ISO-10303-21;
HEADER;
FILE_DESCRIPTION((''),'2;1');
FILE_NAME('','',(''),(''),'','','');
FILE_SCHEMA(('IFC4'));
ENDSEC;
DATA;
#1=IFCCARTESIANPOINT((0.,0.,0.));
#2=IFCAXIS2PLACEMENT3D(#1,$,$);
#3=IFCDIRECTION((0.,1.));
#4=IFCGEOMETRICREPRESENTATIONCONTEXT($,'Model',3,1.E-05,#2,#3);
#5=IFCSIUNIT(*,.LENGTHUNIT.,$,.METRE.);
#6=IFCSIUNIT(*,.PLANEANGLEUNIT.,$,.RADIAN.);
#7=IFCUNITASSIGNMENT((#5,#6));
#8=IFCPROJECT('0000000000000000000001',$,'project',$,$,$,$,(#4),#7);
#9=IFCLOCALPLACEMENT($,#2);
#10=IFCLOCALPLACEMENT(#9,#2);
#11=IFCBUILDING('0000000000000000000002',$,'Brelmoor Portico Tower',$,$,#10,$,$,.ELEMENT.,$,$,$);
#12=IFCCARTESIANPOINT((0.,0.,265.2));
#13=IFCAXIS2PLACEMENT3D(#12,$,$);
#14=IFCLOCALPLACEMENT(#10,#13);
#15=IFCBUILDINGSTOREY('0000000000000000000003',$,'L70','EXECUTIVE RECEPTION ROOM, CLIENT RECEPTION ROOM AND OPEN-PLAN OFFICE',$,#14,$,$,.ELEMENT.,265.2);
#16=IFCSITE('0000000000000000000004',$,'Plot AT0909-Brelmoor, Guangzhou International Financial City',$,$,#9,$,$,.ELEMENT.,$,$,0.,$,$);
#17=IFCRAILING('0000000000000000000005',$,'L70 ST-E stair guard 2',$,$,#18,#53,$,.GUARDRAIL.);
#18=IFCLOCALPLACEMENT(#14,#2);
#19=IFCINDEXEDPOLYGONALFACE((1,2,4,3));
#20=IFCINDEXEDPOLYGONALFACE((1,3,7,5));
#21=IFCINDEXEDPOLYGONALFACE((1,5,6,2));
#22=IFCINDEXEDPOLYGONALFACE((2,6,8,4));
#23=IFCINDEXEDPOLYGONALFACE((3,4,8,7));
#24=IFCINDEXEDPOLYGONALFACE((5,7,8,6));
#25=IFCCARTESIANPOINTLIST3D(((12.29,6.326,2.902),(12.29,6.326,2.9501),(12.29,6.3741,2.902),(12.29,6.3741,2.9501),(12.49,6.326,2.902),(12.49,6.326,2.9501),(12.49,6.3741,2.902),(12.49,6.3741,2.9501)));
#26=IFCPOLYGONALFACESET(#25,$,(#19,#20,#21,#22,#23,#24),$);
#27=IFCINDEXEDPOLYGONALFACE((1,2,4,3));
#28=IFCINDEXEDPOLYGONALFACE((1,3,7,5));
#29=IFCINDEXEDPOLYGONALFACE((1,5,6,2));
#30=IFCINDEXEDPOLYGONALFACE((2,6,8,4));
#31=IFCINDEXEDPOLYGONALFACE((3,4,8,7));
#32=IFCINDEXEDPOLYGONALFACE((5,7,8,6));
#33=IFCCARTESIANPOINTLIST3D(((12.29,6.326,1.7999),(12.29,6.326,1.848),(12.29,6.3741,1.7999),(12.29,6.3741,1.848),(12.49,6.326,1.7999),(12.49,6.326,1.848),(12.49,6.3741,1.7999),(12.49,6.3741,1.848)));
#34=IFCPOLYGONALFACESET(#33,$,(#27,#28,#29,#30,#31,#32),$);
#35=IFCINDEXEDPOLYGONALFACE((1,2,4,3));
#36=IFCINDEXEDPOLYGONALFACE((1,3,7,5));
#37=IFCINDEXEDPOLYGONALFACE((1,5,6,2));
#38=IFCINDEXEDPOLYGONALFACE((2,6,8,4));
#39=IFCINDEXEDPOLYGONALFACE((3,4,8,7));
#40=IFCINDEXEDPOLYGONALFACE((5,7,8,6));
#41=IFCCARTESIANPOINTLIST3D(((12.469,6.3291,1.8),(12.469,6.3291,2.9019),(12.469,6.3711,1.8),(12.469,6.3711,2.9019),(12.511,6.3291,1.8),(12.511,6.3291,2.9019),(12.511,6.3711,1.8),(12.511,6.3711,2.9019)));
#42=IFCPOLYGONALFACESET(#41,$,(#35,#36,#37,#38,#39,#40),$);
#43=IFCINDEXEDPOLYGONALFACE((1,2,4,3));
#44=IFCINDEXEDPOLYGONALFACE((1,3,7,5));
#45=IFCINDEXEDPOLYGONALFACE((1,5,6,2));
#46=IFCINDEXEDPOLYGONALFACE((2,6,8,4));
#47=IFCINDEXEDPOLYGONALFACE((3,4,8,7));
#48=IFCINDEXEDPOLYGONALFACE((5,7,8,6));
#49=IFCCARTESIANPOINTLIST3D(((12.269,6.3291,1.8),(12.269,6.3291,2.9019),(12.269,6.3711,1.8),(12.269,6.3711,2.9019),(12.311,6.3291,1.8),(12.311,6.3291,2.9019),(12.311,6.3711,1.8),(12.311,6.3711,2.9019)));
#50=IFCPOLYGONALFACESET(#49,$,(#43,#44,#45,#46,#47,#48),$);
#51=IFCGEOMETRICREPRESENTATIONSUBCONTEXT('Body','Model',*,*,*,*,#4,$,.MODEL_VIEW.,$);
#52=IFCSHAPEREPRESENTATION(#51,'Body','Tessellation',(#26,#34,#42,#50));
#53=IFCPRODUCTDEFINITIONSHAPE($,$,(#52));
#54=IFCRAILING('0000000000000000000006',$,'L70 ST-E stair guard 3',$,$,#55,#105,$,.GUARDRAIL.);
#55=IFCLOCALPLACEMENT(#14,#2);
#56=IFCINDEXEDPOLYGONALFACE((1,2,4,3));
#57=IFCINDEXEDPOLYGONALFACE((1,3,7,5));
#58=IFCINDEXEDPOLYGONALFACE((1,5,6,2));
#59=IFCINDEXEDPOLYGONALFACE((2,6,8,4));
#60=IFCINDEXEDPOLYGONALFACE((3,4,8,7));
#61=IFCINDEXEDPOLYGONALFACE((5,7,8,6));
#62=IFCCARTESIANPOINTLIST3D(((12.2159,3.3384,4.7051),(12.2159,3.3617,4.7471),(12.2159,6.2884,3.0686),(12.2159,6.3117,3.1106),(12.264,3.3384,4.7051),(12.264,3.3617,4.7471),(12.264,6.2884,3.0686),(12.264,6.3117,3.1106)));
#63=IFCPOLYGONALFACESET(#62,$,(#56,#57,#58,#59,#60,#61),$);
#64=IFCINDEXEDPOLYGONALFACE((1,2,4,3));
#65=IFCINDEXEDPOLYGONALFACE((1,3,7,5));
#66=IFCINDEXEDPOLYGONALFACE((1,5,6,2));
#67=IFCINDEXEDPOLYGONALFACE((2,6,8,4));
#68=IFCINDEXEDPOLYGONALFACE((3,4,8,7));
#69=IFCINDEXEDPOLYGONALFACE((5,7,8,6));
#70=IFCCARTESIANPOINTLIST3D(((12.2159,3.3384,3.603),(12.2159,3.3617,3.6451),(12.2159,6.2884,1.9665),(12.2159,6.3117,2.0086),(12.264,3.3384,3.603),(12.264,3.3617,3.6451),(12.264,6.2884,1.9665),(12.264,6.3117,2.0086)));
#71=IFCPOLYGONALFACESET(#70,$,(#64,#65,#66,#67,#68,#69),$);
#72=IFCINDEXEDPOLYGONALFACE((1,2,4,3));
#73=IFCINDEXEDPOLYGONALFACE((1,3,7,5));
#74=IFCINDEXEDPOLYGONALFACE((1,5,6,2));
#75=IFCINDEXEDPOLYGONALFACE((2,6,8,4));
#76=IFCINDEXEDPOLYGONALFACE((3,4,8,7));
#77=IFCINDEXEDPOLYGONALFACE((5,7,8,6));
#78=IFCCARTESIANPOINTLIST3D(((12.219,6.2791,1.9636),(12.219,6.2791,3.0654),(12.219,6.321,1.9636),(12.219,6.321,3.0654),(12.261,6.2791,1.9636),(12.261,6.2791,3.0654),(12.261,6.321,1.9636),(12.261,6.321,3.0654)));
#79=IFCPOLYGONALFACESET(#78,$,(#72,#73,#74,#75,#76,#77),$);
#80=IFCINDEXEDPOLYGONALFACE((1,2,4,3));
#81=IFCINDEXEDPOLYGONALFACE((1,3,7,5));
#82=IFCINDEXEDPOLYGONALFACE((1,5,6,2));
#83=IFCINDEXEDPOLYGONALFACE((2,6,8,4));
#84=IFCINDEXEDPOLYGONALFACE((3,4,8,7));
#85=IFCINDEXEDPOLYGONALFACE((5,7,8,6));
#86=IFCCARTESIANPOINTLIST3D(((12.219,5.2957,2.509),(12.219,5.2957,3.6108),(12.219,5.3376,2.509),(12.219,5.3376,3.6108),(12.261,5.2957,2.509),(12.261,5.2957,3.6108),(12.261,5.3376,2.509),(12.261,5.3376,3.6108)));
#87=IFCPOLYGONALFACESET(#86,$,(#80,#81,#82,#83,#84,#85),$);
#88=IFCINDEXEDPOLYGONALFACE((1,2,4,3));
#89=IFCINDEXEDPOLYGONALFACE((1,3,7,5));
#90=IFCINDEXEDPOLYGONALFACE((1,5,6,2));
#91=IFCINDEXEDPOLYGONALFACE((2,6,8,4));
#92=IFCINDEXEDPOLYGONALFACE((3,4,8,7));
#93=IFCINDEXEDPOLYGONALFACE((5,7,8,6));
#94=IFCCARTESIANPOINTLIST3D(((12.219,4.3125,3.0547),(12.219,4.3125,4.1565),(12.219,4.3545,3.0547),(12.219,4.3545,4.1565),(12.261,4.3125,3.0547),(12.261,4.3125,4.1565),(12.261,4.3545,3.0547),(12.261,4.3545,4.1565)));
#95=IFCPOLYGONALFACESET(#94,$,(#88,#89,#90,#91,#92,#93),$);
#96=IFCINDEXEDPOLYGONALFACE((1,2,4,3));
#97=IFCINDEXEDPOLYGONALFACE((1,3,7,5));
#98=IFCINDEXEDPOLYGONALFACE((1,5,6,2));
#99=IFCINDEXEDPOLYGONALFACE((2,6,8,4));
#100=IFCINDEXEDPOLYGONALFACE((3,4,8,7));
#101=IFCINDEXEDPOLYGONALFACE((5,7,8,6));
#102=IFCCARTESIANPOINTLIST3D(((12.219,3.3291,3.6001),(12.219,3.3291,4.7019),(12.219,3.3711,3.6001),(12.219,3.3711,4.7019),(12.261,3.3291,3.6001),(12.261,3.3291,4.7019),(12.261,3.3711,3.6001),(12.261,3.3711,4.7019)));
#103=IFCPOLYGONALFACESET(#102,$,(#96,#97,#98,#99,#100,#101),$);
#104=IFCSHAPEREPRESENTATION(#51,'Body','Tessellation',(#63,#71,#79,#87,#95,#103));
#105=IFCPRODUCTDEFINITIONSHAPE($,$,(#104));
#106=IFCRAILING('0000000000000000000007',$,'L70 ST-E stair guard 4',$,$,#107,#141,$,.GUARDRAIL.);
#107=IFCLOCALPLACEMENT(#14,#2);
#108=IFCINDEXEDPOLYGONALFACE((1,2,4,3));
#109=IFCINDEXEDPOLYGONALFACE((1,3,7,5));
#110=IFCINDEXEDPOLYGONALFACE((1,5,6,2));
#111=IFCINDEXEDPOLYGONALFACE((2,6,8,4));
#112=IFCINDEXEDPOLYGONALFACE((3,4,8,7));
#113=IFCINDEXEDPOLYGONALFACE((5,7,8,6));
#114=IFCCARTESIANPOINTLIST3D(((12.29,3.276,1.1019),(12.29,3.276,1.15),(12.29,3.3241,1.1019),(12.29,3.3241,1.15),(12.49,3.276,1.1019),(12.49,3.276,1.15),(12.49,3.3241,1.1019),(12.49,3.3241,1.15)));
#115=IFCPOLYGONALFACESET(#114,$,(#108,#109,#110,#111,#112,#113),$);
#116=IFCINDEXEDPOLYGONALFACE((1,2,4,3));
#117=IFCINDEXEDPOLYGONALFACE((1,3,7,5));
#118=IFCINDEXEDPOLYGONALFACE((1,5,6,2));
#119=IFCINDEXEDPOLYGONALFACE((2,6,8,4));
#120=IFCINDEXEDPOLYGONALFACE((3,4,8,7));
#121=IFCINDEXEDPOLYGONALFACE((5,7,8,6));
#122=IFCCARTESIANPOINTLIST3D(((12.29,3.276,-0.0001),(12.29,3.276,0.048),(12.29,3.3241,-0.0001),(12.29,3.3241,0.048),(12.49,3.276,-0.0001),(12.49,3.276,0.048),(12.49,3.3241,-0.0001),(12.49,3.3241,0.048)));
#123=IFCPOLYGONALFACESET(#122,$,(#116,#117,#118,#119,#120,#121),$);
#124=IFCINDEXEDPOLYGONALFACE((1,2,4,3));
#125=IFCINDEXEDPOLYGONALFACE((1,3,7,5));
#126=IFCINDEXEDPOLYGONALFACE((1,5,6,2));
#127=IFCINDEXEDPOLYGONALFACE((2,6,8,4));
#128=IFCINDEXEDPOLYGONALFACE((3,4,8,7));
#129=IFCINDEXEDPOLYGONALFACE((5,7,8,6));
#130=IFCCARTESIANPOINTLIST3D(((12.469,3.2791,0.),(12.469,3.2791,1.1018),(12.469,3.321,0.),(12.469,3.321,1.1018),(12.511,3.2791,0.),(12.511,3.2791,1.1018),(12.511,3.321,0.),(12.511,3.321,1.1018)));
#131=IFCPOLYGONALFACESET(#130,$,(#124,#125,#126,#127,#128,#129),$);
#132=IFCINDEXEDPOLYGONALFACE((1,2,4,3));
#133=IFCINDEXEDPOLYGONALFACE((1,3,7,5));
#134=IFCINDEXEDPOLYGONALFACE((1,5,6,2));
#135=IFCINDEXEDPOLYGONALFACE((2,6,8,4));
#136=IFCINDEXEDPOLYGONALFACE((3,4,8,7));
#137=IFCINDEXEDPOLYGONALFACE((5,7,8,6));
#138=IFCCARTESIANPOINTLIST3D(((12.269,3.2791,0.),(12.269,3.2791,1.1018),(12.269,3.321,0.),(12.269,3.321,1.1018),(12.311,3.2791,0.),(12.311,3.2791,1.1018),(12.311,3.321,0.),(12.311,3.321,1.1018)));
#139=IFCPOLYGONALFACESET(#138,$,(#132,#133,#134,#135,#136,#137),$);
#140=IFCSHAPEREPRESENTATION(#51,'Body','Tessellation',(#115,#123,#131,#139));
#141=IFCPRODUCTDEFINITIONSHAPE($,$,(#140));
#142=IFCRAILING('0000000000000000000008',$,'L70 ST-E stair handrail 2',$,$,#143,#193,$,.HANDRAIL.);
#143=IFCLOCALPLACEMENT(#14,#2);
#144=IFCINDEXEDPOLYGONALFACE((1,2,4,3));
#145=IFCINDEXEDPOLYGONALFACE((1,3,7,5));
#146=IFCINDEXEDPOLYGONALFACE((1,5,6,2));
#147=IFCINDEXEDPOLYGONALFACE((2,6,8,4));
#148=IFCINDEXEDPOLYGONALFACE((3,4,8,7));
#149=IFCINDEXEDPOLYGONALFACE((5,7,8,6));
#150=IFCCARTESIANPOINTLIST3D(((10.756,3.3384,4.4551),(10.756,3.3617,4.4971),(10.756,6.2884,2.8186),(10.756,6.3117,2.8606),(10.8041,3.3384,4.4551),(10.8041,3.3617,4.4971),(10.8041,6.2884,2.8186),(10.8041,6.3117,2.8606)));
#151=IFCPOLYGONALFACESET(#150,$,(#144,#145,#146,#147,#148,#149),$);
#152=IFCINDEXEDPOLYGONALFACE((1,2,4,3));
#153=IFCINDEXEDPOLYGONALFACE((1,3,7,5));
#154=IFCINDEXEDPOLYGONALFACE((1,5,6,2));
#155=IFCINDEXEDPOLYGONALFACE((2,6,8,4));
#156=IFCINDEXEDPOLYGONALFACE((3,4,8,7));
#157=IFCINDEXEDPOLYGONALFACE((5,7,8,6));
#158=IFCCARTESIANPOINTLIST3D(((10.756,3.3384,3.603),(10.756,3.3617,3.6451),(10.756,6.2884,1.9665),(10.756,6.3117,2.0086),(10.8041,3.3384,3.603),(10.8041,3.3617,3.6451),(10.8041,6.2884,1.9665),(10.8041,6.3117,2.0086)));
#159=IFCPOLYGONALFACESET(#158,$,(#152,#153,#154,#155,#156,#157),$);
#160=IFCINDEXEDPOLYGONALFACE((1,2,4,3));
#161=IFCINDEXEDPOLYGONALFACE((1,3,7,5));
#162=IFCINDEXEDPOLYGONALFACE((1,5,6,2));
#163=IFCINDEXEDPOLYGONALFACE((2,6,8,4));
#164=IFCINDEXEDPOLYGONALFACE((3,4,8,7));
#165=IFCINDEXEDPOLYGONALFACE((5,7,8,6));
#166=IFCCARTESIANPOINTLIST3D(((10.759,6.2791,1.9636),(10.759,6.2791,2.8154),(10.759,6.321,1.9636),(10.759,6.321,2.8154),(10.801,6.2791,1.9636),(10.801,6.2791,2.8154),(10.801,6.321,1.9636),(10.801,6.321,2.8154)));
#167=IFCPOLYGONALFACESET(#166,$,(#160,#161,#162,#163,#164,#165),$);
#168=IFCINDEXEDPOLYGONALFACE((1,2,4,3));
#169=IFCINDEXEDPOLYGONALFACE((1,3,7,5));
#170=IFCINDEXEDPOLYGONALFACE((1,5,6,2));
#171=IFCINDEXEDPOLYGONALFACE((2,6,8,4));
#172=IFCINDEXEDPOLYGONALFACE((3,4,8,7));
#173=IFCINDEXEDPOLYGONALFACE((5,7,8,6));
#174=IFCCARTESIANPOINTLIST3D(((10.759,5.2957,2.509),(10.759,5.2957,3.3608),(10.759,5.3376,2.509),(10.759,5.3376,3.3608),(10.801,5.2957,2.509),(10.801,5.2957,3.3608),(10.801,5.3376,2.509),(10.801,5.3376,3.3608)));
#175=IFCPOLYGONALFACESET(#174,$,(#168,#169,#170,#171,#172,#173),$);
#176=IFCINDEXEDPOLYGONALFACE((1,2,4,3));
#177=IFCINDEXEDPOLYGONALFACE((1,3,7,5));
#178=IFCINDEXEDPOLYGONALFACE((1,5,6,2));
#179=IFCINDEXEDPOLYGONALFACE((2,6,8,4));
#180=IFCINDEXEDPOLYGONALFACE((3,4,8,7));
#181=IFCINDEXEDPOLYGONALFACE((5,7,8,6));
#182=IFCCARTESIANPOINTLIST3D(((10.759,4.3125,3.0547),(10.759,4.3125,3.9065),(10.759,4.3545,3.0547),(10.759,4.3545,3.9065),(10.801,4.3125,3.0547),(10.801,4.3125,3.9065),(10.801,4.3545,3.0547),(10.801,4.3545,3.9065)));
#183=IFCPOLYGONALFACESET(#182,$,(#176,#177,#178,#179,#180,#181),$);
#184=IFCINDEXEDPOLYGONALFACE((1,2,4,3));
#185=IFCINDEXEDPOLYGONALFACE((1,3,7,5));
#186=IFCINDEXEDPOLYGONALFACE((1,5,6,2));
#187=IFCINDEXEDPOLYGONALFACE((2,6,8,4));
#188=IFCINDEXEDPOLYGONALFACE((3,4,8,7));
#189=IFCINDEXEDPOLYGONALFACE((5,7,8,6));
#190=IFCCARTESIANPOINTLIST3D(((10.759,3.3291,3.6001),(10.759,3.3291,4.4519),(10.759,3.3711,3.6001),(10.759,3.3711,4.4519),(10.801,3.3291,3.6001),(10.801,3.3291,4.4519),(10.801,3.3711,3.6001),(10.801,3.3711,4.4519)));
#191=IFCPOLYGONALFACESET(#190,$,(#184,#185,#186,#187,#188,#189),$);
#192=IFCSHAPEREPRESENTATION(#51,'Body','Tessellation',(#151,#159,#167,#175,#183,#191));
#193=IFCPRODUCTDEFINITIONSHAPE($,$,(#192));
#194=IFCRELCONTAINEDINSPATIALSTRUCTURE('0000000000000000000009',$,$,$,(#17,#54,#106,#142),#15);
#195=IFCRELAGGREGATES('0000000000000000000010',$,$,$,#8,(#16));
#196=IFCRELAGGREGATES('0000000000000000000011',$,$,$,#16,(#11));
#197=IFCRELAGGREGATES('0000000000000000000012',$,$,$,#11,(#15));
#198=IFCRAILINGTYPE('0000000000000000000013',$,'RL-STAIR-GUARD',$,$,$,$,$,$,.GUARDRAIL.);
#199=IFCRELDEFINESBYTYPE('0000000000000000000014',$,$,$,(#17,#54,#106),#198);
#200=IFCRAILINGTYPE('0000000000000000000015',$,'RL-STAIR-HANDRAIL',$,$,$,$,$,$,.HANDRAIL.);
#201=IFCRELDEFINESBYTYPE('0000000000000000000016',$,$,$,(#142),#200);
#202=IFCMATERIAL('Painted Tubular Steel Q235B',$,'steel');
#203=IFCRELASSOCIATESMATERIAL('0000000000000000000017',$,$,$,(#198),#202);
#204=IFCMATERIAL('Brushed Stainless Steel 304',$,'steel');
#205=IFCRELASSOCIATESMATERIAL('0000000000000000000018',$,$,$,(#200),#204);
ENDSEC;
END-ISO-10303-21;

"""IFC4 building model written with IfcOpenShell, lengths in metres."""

from ifc_helpers import new_model, si_unit, direction, frame, origin, origin_2d, place, context, subcontext, project, spatial, rectangle, extrude, material, type_object, element, save


model = new_model("IFC4")

# Units and contexts
model_context = context("Model", 3, precision=1e-05, world=origin(), true_north=direction((0.0, 1.0)))
body_context = subcontext(model_context, "Body", "Model", "MODEL_VIEW")
ifc_project = project(units=[si_unit("LENGTHUNIT", "METRE"), si_unit("PLANEANGLEUNIT", "RADIAN")], contexts=[model_context])

# Site, building, storey
site_placement = place(None, origin())
site = spatial("IfcSite", under=ifc_project, at=site_placement, Name="Plot AT0909-Brelmoor, Guangzhou International Financial City", CompositionType="ELEMENT", RefElevation=0.0)
building_placement = place(site_placement, origin())
building = spatial("IfcBuilding", under=site, at=building_placement, Name="Brelmoor Portico Tower", CompositionType="ELEMENT")
storey_placement = place(building_placement, frame((0.0, 0.0, 265.2)))
storey = spatial("IfcBuildingStorey", under=building, at=storey_placement, Name="L70", Description="EXECUTIVE RECEPTION ROOM, CLIENT RECEPTION ROOM AND OPEN-PLAN OFFICE", CompositionType="ELEMENT", Elevation=265.2)

# Railings
ifc_material_1 = material(Name="Painted Tubular Steel Q235B", Category="steel")
railing_type_1 = type_object("IfcRailingType", Name="RL-STAIR-GUARD", PredefinedType="GUARDRAIL", material=ifc_material_1)
railing_1_placement = place(storey_placement, frame((12.49, 6.3501, 1.8)))
element("IfcRailing", 1, at=railing_1_placement, inside=storey, type_object=railing_type_1, Name="L70 ST-E stair guard 2", PredefinedType="GUARDRAIL", context=body_context, shape_type="SweptSolid", body=[
    extrude(rectangle(XDim=0.0481, YDim=0.0481, at=origin_2d()), frame((0.0, 0.0, 1.126), z_axis=(-1.0, 0.0, 0.0), x_axis=(0.0, -1.0, 0.0)), (0.0, 0.0, 1.0), 0.2),
    extrude(rectangle(XDim=0.0481, YDim=0.0481, at=origin_2d()), frame((0.0, 0.0, 0.0239), z_axis=(-1.0, 0.0, 0.0), x_axis=(0.0, -1.0, 0.0)), (0.0, 0.0, 1.0), 0.2),
    extrude(rectangle(XDim=0.042, YDim=0.042, at=origin_2d()), origin(), (0.0, 0.0, 1.0), 1.1018),
    extrude(rectangle(XDim=0.042, YDim=0.042, at=origin_2d()), frame((-0.2, 0.0, 0.0)), (0.0, 0.0, 1.0), 1.1018),
])
railing_2_placement = place(storey_placement, frame((12.24, 6.3, 1.9636)))
element("IfcRailing", 2, at=railing_2_placement, inside=storey, type_object=railing_type_1, Name="L70 ST-E stair guard 3", PredefinedType="GUARDRAIL", context=body_context, shape_type="SweptSolid", body=[
    extrude(rectangle(XDim=0.0481, YDim=0.0481, at=origin_2d()), frame((0.0, 0.0, 1.126), z_axis=(0.0, -0.874458, 0.485102), x_axis=(1.0, 0.0, 0.0)), (0.0, 0.0, 1.0), 3.3735),
    extrude(rectangle(XDim=0.0481, YDim=0.0481, at=origin_2d()), frame((0.0, 0.0, 0.0239), z_axis=(0.0, -0.874458, 0.485102), x_axis=(1.0, 0.0, 0.0)), (0.0, 0.0, 1.0), 3.3735),
    extrude(rectangle(XDim=0.042, YDim=0.042, at=origin_2d()), origin(), (0.0, 0.0, 1.0), 1.1018),
    extrude(rectangle(XDim=0.042, YDim=0.042, at=origin_2d()), frame((0.0, -0.9834, 0.5454)), (0.0, 0.0, 1.0), 1.1018),
    extrude(rectangle(XDim=0.042, YDim=0.042, at=origin_2d()), frame((0.0, -1.9666, 1.0911)), (0.0, 0.0, 1.0), 1.1018),
    extrude(rectangle(XDim=0.042, YDim=0.042, at=origin_2d()), frame((0.0, -2.95, 1.6365)), (0.0, 0.0, 1.0), 1.1018),
])
railing_3_placement = place(storey_placement, frame((12.49, 3.3, 0.0)))
element("IfcRailing", 3, at=railing_3_placement, inside=storey, type_object=railing_type_1, Name="L70 ST-E stair guard 4", PredefinedType="GUARDRAIL", context=body_context, shape_type="SweptSolid", body=[
    extrude(rectangle(XDim=0.0481, YDim=0.0481, at=origin_2d()), frame((0.0, 0.0, 1.126), z_axis=(-1.0, 0.0, 0.0), x_axis=(0.0, -1.0, 0.0)), (0.0, 0.0, 1.0), 0.2),
    extrude(rectangle(XDim=0.0481, YDim=0.0481, at=origin_2d()), frame((0.0, 0.0, 0.0239), z_axis=(-1.0, 0.0, 0.0), x_axis=(0.0, -1.0, 0.0)), (0.0, 0.0, 1.0), 0.2),
    extrude(rectangle(XDim=0.042, YDim=0.042, at=origin_2d()), origin(), (0.0, 0.0, 1.0), 1.1018),
    extrude(rectangle(XDim=0.042, YDim=0.042, at=origin_2d()), frame((-0.2, 0.0, 0.0)), (0.0, 0.0, 1.0), 1.1018),
])
ifc_material_2 = material(Name="Brushed Stainless Steel 304", Category="steel")
railing_type_2 = type_object("IfcRailingType", Name="RL-STAIR-HANDRAIL", PredefinedType="HANDRAIL", material=ifc_material_2)
railing_4_placement = place(storey_placement, frame((10.78, 6.3, 1.9636)))
element("IfcRailing", 4, at=railing_4_placement, inside=storey, type_object=railing_type_2, Name="L70 ST-E stair handrail 2", PredefinedType="HANDRAIL", context=body_context, shape_type="SweptSolid", body=[
    extrude(rectangle(XDim=0.0481, YDim=0.0481, at=origin_2d()), frame((0.0, 0.0, 0.876), z_axis=(0.0, -0.874458, 0.485102), x_axis=(1.0, 0.0, 0.0)), (0.0, 0.0, 1.0), 3.3735),
    extrude(rectangle(XDim=0.0481, YDim=0.0481, at=origin_2d()), frame((0.0, 0.0, 0.0239), z_axis=(0.0, -0.874458, 0.485102), x_axis=(1.0, 0.0, 0.0)), (0.0, 0.0, 1.0), 3.3735),
    extrude(rectangle(XDim=0.042, YDim=0.042, at=origin_2d()), origin(), (0.0, 0.0, 1.0), 0.8518),
    extrude(rectangle(XDim=0.042, YDim=0.042, at=origin_2d()), frame((0.0, -0.9834, 0.5454)), (0.0, 0.0, 1.0), 0.8518),
    extrude(rectangle(XDim=0.042, YDim=0.042, at=origin_2d()), frame((0.0, -1.9666, 1.0911)), (0.0, 0.0, 1.0), 0.8518),
    extrude(rectangle(XDim=0.042, YDim=0.042, at=origin_2d()), frame((0.0, -2.95, 1.6365)), (0.0, 0.0, 1.0), 0.8518),
])

save(model, "model.ifc")
